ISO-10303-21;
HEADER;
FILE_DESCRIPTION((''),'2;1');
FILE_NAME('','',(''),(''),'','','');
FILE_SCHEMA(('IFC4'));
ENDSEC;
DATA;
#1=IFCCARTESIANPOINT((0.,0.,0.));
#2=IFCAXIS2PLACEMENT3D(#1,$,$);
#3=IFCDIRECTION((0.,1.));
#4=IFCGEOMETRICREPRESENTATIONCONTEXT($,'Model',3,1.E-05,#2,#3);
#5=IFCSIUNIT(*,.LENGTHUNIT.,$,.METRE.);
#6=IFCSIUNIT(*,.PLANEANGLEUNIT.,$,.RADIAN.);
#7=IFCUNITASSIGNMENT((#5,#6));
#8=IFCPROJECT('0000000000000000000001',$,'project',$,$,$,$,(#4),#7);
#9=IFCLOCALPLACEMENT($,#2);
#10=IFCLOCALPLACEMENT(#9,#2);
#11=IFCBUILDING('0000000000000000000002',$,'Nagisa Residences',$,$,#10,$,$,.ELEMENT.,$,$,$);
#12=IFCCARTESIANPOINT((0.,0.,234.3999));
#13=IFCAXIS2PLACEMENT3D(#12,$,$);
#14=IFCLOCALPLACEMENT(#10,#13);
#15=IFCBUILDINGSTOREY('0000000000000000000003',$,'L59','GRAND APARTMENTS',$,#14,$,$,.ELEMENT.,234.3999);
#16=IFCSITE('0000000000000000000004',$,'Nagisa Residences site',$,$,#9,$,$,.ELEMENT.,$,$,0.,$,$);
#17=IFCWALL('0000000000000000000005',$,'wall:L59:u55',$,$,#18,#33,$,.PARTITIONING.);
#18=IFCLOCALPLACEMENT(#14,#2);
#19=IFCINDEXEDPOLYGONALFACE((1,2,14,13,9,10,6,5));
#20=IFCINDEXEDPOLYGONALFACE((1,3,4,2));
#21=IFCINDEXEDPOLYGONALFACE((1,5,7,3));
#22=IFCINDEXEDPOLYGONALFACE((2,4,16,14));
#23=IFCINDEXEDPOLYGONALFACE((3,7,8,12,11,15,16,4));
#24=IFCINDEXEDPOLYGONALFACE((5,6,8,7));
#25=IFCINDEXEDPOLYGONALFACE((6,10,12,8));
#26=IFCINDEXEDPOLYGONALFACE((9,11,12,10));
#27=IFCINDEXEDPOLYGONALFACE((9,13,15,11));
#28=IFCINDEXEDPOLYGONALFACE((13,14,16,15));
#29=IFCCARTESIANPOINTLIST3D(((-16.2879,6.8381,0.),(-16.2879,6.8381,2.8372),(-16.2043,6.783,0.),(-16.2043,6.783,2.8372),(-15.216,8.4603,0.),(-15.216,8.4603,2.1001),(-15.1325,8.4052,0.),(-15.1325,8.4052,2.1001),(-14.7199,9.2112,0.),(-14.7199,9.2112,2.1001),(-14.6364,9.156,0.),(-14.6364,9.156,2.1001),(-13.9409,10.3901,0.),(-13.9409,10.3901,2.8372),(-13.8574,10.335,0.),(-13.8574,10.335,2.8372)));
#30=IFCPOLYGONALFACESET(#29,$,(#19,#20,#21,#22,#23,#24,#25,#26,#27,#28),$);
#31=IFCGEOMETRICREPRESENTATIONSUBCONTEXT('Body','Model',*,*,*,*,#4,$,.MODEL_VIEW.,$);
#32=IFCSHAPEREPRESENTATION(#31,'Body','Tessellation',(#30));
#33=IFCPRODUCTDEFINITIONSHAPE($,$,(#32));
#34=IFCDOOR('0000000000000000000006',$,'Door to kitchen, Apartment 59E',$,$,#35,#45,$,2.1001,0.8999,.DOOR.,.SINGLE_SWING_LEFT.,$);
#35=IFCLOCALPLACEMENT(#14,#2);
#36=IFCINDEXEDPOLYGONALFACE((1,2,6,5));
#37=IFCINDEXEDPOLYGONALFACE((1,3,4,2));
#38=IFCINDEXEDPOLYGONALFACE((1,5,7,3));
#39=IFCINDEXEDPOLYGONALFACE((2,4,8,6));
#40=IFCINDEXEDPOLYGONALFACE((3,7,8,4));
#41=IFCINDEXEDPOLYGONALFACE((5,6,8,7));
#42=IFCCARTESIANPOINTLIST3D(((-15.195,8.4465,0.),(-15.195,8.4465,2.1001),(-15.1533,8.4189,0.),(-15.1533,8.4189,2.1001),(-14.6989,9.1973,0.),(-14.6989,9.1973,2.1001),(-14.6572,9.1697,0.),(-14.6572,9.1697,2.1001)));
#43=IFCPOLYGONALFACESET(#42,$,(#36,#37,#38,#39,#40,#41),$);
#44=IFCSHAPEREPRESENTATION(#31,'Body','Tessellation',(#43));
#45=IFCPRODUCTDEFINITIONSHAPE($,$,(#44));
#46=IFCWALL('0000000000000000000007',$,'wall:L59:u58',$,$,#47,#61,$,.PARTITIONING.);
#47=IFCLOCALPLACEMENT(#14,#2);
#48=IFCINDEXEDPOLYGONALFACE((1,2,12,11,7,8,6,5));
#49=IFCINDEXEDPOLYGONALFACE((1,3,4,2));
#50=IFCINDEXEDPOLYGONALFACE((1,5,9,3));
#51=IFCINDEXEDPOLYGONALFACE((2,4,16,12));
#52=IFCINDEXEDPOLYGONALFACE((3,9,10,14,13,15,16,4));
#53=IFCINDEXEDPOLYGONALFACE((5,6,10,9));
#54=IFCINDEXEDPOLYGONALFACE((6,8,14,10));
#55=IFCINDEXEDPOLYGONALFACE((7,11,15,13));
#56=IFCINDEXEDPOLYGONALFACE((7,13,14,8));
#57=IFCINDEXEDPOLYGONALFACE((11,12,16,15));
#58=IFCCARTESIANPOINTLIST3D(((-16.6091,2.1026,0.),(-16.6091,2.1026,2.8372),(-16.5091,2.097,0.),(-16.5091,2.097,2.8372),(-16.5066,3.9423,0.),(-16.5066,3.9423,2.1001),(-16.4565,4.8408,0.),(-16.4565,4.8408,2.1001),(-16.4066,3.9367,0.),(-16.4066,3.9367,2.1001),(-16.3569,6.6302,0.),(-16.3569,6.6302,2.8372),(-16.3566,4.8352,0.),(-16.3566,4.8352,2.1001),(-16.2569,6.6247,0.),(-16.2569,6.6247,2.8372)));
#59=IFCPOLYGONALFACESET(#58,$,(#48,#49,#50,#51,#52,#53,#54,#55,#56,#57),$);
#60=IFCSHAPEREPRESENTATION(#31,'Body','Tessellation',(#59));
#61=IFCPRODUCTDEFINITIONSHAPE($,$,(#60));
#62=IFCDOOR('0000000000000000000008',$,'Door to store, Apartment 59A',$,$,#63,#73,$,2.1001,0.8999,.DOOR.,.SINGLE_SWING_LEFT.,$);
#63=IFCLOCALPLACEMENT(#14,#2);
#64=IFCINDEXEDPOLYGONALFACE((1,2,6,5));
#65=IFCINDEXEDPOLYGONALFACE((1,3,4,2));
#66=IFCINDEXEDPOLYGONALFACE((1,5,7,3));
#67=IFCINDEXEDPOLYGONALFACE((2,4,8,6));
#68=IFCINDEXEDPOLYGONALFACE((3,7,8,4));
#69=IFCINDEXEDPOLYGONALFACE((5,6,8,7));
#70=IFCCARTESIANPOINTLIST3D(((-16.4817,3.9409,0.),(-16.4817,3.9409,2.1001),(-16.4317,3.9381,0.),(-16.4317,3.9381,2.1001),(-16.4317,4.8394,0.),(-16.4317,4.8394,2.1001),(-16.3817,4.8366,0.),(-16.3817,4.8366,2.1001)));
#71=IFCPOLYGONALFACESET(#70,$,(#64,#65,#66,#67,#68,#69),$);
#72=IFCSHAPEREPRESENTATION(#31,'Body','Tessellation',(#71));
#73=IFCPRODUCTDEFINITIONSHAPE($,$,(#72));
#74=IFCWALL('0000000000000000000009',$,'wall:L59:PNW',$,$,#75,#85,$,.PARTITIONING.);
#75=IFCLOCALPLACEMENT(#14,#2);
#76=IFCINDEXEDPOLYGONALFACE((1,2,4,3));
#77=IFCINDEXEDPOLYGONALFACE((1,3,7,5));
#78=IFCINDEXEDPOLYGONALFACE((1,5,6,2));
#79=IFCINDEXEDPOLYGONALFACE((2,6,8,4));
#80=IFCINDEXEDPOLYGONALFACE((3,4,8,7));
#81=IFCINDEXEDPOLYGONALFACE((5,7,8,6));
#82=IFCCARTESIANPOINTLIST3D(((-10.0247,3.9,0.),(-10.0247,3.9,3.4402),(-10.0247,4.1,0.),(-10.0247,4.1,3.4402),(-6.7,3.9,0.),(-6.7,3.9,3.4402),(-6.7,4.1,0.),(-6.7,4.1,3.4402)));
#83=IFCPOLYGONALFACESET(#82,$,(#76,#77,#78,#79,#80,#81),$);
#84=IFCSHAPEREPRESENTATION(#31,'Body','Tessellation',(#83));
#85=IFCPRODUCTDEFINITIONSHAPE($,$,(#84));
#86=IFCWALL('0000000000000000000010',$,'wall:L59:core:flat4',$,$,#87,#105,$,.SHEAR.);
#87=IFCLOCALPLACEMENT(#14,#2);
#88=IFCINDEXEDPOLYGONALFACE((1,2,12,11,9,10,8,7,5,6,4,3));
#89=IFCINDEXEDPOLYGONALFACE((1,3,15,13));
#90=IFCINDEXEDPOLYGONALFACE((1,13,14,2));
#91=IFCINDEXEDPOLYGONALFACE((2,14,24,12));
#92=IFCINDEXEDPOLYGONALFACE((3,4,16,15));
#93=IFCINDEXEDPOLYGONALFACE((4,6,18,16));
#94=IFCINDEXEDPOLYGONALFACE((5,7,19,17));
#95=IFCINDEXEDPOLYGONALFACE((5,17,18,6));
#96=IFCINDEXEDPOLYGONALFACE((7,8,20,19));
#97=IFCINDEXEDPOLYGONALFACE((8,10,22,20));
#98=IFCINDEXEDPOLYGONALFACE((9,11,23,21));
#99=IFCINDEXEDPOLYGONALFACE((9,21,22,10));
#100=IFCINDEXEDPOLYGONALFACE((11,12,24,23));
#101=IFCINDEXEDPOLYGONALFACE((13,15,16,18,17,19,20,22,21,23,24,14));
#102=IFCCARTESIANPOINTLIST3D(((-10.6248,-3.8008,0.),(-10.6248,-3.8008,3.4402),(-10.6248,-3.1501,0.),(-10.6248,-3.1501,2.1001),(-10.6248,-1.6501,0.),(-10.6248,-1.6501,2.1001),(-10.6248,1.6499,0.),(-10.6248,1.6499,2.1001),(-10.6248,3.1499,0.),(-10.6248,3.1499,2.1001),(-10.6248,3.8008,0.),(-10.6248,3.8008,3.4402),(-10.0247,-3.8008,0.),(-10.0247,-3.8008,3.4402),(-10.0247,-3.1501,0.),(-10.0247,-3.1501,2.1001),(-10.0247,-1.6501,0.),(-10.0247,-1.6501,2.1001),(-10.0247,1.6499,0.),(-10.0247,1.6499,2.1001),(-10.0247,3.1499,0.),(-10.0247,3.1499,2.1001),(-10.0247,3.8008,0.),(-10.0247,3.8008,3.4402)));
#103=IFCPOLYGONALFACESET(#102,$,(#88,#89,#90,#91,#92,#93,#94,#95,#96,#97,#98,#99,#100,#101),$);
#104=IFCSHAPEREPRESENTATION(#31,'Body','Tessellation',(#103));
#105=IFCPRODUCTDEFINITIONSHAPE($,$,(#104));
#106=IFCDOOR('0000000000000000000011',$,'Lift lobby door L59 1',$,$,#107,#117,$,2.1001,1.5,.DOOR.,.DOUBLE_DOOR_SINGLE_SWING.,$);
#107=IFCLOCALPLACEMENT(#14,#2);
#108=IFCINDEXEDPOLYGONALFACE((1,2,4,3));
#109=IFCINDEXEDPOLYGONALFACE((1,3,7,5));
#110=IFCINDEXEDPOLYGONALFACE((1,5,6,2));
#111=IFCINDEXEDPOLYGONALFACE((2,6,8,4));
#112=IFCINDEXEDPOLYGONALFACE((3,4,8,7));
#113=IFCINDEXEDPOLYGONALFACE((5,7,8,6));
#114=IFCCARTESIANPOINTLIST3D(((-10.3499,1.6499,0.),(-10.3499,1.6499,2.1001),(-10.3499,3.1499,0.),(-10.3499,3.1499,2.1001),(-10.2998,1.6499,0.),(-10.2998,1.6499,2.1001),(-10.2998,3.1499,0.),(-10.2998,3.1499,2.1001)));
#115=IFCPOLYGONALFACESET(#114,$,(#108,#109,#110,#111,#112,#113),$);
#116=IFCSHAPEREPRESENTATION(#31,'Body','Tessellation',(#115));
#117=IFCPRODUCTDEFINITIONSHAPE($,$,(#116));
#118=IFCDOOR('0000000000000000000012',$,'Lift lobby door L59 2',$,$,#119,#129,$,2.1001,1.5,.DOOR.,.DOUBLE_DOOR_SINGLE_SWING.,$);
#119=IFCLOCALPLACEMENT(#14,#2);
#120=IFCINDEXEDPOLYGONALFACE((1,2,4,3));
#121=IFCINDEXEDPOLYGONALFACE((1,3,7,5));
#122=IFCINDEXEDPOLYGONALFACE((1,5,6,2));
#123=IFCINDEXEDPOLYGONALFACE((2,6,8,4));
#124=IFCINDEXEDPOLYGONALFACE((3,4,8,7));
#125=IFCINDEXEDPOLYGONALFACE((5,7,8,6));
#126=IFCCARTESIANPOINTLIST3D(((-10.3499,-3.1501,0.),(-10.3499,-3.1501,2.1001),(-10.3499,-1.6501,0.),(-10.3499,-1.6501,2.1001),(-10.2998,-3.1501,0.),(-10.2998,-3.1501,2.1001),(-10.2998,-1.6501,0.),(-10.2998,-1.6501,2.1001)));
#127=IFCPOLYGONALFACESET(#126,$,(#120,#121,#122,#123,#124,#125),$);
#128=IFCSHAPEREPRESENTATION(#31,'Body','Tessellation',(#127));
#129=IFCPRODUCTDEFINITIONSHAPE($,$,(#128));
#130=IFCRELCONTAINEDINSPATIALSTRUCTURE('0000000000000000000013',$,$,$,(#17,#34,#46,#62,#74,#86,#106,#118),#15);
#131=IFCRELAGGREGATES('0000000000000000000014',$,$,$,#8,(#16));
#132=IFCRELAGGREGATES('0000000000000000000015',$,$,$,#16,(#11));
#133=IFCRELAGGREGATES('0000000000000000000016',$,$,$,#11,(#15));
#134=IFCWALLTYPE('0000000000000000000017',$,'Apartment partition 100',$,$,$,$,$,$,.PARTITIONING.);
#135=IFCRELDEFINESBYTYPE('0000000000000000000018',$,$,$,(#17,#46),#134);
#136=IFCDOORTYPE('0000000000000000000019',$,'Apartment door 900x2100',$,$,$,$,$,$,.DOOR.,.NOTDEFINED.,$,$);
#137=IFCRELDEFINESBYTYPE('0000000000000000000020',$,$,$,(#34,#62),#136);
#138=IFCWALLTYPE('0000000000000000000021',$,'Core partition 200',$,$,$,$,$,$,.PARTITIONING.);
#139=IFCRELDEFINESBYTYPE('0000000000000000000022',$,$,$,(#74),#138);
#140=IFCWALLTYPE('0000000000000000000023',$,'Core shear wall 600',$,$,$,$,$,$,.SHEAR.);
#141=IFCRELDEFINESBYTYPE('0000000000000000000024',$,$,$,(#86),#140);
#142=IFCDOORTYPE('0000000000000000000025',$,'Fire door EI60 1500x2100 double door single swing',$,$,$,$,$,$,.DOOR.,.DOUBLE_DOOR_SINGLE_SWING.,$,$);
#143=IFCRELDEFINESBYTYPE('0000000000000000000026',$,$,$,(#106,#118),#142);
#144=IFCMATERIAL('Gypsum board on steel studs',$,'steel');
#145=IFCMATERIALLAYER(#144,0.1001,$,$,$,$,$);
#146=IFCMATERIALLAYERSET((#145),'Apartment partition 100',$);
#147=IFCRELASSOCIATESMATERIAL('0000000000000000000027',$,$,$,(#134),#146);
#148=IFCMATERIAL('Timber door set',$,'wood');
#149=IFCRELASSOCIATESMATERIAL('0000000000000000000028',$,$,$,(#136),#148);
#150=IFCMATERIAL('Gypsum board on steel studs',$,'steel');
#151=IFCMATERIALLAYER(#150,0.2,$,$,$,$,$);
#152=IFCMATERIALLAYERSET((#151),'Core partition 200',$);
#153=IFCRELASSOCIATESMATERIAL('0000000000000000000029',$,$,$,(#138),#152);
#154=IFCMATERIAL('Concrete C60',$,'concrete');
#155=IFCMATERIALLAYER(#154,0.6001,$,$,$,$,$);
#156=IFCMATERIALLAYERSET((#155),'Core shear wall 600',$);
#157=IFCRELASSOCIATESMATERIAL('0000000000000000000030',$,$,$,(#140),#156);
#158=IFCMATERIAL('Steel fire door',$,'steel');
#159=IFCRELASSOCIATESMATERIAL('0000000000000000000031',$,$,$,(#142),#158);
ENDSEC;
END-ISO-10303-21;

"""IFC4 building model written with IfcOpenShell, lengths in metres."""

from ifc_helpers import new_model, si_unit, direction, frame, frame_2d, origin, place, context, subcontext, project, spatial, rectangle, extrude, material, layer, layer_set, type_object, element, fill, save


model = new_model("IFC4")

# Units and contexts
model_context = context("Model", 3, precision=1e-05, world=origin(), true_north=direction((0.0, 1.0)))
body_context = subcontext(model_context, "Body", "Model", "MODEL_VIEW")
ifc_project = project(units=[si_unit("LENGTHUNIT", "METRE"), si_unit("PLANEANGLEUNIT", "RADIAN")], contexts=[model_context])

# Site, building, storey
site_placement = place(None, origin())
site = spatial("IfcSite", under=ifc_project, at=site_placement, Name="Nagisa Residences site", CompositionType="ELEMENT", RefElevation=0.0)
building_placement = place(site_placement, origin())
building = spatial("IfcBuilding", under=site, at=building_placement, Name="Nagisa Residences", CompositionType="ELEMENT")
storey_placement = place(building_placement, frame((0.0, 0.0, 234.3999)))
storey = spatial("IfcBuildingStorey", under=building, at=storey_placement, Name="L59", Description="GRAND APARTMENTS", CompositionType="ELEMENT", Elevation=234.3999)

# Shared definitions
ifc_material_1 = material(Name="Gypsum board on steel studs", Category="steel")
ifc_layer_1 = layer(ifc_material_1, 0.1001)
ifc_layer_set_1 = layer_set([ifc_layer_1], Name="Apartment partition 100")
wall_type_1 = type_object("IfcWallType", Name="Apartment partition 100", PredefinedType="PARTITIONING", material=ifc_layer_set_1)
ifc_material_2 = material(Name="Timber door set", Category="wood")
door_type_1 = type_object("IfcDoorType", Name="Apartment door 900x2100", OperationType="NOTDEFINED", PredefinedType="DOOR", material=ifc_material_2)

# Walls, openings, doors
wall_1_placement = place(storey_placement, frame((-13.8992, 10.3625, 0.0), z_axis=(0.0, 0.0, 1.0), x_axis=(-0.551268, -0.834328, 0.0)))
wall_1 = element("IfcWall", 1, at=wall_1_placement, inside=storey, type_object=wall_type_1, Name="wall:L59:u55", PredefinedType="PARTITIONING", context=body_context, shape_type="SweptSolid", body=[
    extrude(rectangle(XDim=4.2573, YDim=0.1001, at=frame_2d((2.1287, 0.0))), origin(), (0.0, 0.0, 1.0), 2.8372),
])
opening_1_placement = place(wall_1_placement, frame((1.4131, 0.0, 0.0)))
opening_1 = element("IfcOpeningElement", 2, at=opening_1_placement, cuts=wall_1, PredefinedType="OPENING", context=body_context, shape_type="SweptSolid", body=[
    extrude(rectangle(XDim=0.8999, YDim=2.1001, at=frame_2d((0.45, 1.05))), frame((0.0, 0.0601, 0.0), z_axis=(0.0, -1.0, 0.0), x_axis=(1.0, 0.0, 0.0)), (0.0, 0.0, 1.0), 0.1201),
])
door_1_placement = place(opening_1_placement, frame((0.8999, 0.0, 0.0), x_axis=(-1.0, 0.0, 0.0)))
door_1 = element("IfcDoor", 3, at=door_1_placement, inside=storey, type_object=door_type_1, Name="Door to kitchen, Apartment 59E", OperationType="SINGLE_SWING_LEFT", OverallHeight=2.1001, OverallWidth=0.8999, PredefinedType="DOOR", context=body_context, shape_type="SweptSolid", body=[
    extrude(rectangle(XDim=0.8999, YDim=2.1001, at=frame_2d((0.45, 1.05))), frame((0.0, 0.0249, 0.0), z_axis=(0.0, -1.0, 0.0), x_axis=(1.0, 0.0, 0.0)), (0.0, 0.0, 1.0), 0.05),
])
fill(opening_1, door_1)
wall_2_placement = place(storey_placement, frame((-16.3069, 6.6274, 0.0), z_axis=(0.0, 0.0, 1.0), x_axis=(-0.055616, -0.998452, 0.0)))
wall_2 = element("IfcWall", 4, at=wall_2_placement, inside=storey, type_object=wall_type_1, Name="wall:L59:u58", PredefinedType="PARTITIONING", context=body_context, shape_type="SweptSolid", body=[
    extrude(rectangle(XDim=4.5347, YDim=0.1001, at=frame_2d((2.2673, 0.0))), origin(), (0.0, 0.0, 1.0), 2.8372),
])
opening_2_placement = place(wall_2_placement, frame((1.7922, 0.0, 0.0)))
opening_2 = element("IfcOpeningElement", 5, at=opening_2_placement, cuts=wall_2, PredefinedType="OPENING", context=body_context, shape_type="SweptSolid", body=[
    extrude(rectangle(XDim=0.8999, YDim=2.1001, at=frame_2d((0.45, 1.05))), frame((0.0, 0.0601, 0.0), z_axis=(0.0, -1.0, 0.0), x_axis=(1.0, 0.0, 0.0)), (0.0, 0.0, 1.0), 0.1201),
])
door_2_placement = place(opening_2_placement, origin())
door_2 = element("IfcDoor", 6, at=door_2_placement, inside=storey, type_object=door_type_1, Name="Door to store, Apartment 59A", OperationType="SINGLE_SWING_LEFT", OverallHeight=2.1001, OverallWidth=0.8999, PredefinedType="DOOR", context=body_context, shape_type="SweptSolid", body=[
    extrude(rectangle(XDim=0.8999, YDim=2.1001, at=frame_2d((0.45, 1.05))), frame((0.0, 0.0249, 0.0), z_axis=(0.0, -1.0, 0.0), x_axis=(1.0, 0.0, 0.0)), (0.0, 0.0, 1.0), 0.05),
])
fill(opening_2, door_2)

# Wall
ifc_material_3 = material(Name="Gypsum board on steel studs", Category="steel")
ifc_layer_2 = layer(ifc_material_3, 0.2)
ifc_layer_set_2 = layer_set([ifc_layer_2], Name="Core partition 200")
wall_type_2 = type_object("IfcWallType", Name="Core partition 200", PredefinedType="PARTITIONING", material=ifc_layer_set_2)
wall_3_placement = place(storey_placement, frame((-10.0247, 4.0, 0.0), z_axis=(0.0, 0.0, 1.0), x_axis=(1.0, 0.0, 0.0)))
element("IfcWall", 7, at=wall_3_placement, inside=storey, type_object=wall_type_2, Name="wall:L59:PNW", PredefinedType="PARTITIONING", context=body_context, shape_type="SweptSolid", body=[
    extrude(rectangle(XDim=3.3247, YDim=0.2, at=frame_2d((1.6624, 0.0))), origin(), (0.0, 0.0, 1.0), 3.4402),
])

# Wall, openings, doors
ifc_material_4 = material(Name="Concrete C60", Category="concrete")
ifc_layer_3 = layer(ifc_material_4, 0.6001)
ifc_layer_set_3 = layer_set([ifc_layer_3], Name="Core shear wall 600")
wall_type_3 = type_object("IfcWallType", Name="Core shear wall 600", PredefinedType="SHEAR", material=ifc_layer_set_3)
wall_4_placement = place(storey_placement, frame((-10.3247, 3.8008, 0.0), z_axis=(0.0, 0.0, 1.0), x_axis=(0.0, -1.0, 0.0)))
wall_4 = element("IfcWall", 8, at=wall_4_placement, inside=storey, type_object=wall_type_3, Name="wall:L59:core:flat4", PredefinedType="SHEAR", context=body_context, shape_type="SweptSolid", body=[
    extrude(rectangle(XDim=7.6016, YDim=0.6001, at=frame_2d((3.8008, 0.0))), origin(), (0.0, 0.0, 1.0), 3.4402),
])
opening_3_placement = place(wall_4_placement, frame((0.6509, 0.0, 0.0)))
opening_3 = element("IfcOpeningElement", 9, at=opening_3_placement, cuts=wall_4, PredefinedType="OPENING", context=body_context, shape_type="SweptSolid", body=[
    extrude(rectangle(XDim=1.5, YDim=2.1001, at=frame_2d((0.75, 1.05))), frame((0.0, 0.3101, 0.0), z_axis=(0.0, -1.0, 0.0), x_axis=(1.0, 0.0, 0.0)), (0.0, 0.0, 1.0), 0.6201),
])
opening_4_placement = place(wall_4_placement, frame((5.4509, 0.0, 0.0)))
opening_4 = element("IfcOpeningElement", 10, at=opening_4_placement, cuts=wall_4, PredefinedType="OPENING", context=body_context, shape_type="SweptSolid", body=[
    extrude(rectangle(XDim=1.5, YDim=2.1001, at=frame_2d((0.75, 1.05))), frame((0.0, 0.3101, 0.0), z_axis=(0.0, -1.0, 0.0), x_axis=(1.0, 0.0, 0.0)), (0.0, 0.0, 1.0), 0.6201),
])
ifc_material_5 = material(Name="Steel fire door", Category="steel")
door_type_2 = type_object("IfcDoorType", Name="Fire door EI60 1500x2100 double door single swing", OperationType="DOUBLE_DOOR_SINGLE_SWING", PredefinedType="DOOR", material=ifc_material_5)
door_3_placement = place(opening_3_placement, origin())
door_3 = element("IfcDoor", 11, at=door_3_placement, inside=storey, type_object=door_type_2, Name="Lift lobby door L59 1", OperationType="DOUBLE_DOOR_SINGLE_SWING", OverallHeight=2.1001, OverallWidth=1.5, PredefinedType="DOOR", context=body_context, shape_type="SweptSolid", body=[
    extrude(rectangle(XDim=1.5, YDim=2.1001, at=frame_2d((0.75, 1.05))), frame((0.0, 0.0249, 0.0), z_axis=(0.0, -1.0, 0.0), x_axis=(1.0, 0.0, 0.0)), (0.0, 0.0, 1.0), 0.05),
])
fill(opening_3, door_3)
door_4_placement = place(opening_4_placement, origin())
door_4 = element("IfcDoor", 12, at=door_4_placement, inside=storey, type_object=door_type_2, Name="Lift lobby door L59 2", OperationType="DOUBLE_DOOR_SINGLE_SWING", OverallHeight=2.1001, OverallWidth=1.5, PredefinedType="DOOR", context=body_context, shape_type="SweptSolid", body=[
    extrude(rectangle(XDim=1.5, YDim=2.1001, at=frame_2d((0.75, 1.05))), frame((0.0, 0.0249, 0.0), z_axis=(0.0, -1.0, 0.0), x_axis=(1.0, 0.0, 0.0)), (0.0, 0.0, 1.0), 0.05),
])
fill(opening_4, door_4)

save(model, "model.ifc")
